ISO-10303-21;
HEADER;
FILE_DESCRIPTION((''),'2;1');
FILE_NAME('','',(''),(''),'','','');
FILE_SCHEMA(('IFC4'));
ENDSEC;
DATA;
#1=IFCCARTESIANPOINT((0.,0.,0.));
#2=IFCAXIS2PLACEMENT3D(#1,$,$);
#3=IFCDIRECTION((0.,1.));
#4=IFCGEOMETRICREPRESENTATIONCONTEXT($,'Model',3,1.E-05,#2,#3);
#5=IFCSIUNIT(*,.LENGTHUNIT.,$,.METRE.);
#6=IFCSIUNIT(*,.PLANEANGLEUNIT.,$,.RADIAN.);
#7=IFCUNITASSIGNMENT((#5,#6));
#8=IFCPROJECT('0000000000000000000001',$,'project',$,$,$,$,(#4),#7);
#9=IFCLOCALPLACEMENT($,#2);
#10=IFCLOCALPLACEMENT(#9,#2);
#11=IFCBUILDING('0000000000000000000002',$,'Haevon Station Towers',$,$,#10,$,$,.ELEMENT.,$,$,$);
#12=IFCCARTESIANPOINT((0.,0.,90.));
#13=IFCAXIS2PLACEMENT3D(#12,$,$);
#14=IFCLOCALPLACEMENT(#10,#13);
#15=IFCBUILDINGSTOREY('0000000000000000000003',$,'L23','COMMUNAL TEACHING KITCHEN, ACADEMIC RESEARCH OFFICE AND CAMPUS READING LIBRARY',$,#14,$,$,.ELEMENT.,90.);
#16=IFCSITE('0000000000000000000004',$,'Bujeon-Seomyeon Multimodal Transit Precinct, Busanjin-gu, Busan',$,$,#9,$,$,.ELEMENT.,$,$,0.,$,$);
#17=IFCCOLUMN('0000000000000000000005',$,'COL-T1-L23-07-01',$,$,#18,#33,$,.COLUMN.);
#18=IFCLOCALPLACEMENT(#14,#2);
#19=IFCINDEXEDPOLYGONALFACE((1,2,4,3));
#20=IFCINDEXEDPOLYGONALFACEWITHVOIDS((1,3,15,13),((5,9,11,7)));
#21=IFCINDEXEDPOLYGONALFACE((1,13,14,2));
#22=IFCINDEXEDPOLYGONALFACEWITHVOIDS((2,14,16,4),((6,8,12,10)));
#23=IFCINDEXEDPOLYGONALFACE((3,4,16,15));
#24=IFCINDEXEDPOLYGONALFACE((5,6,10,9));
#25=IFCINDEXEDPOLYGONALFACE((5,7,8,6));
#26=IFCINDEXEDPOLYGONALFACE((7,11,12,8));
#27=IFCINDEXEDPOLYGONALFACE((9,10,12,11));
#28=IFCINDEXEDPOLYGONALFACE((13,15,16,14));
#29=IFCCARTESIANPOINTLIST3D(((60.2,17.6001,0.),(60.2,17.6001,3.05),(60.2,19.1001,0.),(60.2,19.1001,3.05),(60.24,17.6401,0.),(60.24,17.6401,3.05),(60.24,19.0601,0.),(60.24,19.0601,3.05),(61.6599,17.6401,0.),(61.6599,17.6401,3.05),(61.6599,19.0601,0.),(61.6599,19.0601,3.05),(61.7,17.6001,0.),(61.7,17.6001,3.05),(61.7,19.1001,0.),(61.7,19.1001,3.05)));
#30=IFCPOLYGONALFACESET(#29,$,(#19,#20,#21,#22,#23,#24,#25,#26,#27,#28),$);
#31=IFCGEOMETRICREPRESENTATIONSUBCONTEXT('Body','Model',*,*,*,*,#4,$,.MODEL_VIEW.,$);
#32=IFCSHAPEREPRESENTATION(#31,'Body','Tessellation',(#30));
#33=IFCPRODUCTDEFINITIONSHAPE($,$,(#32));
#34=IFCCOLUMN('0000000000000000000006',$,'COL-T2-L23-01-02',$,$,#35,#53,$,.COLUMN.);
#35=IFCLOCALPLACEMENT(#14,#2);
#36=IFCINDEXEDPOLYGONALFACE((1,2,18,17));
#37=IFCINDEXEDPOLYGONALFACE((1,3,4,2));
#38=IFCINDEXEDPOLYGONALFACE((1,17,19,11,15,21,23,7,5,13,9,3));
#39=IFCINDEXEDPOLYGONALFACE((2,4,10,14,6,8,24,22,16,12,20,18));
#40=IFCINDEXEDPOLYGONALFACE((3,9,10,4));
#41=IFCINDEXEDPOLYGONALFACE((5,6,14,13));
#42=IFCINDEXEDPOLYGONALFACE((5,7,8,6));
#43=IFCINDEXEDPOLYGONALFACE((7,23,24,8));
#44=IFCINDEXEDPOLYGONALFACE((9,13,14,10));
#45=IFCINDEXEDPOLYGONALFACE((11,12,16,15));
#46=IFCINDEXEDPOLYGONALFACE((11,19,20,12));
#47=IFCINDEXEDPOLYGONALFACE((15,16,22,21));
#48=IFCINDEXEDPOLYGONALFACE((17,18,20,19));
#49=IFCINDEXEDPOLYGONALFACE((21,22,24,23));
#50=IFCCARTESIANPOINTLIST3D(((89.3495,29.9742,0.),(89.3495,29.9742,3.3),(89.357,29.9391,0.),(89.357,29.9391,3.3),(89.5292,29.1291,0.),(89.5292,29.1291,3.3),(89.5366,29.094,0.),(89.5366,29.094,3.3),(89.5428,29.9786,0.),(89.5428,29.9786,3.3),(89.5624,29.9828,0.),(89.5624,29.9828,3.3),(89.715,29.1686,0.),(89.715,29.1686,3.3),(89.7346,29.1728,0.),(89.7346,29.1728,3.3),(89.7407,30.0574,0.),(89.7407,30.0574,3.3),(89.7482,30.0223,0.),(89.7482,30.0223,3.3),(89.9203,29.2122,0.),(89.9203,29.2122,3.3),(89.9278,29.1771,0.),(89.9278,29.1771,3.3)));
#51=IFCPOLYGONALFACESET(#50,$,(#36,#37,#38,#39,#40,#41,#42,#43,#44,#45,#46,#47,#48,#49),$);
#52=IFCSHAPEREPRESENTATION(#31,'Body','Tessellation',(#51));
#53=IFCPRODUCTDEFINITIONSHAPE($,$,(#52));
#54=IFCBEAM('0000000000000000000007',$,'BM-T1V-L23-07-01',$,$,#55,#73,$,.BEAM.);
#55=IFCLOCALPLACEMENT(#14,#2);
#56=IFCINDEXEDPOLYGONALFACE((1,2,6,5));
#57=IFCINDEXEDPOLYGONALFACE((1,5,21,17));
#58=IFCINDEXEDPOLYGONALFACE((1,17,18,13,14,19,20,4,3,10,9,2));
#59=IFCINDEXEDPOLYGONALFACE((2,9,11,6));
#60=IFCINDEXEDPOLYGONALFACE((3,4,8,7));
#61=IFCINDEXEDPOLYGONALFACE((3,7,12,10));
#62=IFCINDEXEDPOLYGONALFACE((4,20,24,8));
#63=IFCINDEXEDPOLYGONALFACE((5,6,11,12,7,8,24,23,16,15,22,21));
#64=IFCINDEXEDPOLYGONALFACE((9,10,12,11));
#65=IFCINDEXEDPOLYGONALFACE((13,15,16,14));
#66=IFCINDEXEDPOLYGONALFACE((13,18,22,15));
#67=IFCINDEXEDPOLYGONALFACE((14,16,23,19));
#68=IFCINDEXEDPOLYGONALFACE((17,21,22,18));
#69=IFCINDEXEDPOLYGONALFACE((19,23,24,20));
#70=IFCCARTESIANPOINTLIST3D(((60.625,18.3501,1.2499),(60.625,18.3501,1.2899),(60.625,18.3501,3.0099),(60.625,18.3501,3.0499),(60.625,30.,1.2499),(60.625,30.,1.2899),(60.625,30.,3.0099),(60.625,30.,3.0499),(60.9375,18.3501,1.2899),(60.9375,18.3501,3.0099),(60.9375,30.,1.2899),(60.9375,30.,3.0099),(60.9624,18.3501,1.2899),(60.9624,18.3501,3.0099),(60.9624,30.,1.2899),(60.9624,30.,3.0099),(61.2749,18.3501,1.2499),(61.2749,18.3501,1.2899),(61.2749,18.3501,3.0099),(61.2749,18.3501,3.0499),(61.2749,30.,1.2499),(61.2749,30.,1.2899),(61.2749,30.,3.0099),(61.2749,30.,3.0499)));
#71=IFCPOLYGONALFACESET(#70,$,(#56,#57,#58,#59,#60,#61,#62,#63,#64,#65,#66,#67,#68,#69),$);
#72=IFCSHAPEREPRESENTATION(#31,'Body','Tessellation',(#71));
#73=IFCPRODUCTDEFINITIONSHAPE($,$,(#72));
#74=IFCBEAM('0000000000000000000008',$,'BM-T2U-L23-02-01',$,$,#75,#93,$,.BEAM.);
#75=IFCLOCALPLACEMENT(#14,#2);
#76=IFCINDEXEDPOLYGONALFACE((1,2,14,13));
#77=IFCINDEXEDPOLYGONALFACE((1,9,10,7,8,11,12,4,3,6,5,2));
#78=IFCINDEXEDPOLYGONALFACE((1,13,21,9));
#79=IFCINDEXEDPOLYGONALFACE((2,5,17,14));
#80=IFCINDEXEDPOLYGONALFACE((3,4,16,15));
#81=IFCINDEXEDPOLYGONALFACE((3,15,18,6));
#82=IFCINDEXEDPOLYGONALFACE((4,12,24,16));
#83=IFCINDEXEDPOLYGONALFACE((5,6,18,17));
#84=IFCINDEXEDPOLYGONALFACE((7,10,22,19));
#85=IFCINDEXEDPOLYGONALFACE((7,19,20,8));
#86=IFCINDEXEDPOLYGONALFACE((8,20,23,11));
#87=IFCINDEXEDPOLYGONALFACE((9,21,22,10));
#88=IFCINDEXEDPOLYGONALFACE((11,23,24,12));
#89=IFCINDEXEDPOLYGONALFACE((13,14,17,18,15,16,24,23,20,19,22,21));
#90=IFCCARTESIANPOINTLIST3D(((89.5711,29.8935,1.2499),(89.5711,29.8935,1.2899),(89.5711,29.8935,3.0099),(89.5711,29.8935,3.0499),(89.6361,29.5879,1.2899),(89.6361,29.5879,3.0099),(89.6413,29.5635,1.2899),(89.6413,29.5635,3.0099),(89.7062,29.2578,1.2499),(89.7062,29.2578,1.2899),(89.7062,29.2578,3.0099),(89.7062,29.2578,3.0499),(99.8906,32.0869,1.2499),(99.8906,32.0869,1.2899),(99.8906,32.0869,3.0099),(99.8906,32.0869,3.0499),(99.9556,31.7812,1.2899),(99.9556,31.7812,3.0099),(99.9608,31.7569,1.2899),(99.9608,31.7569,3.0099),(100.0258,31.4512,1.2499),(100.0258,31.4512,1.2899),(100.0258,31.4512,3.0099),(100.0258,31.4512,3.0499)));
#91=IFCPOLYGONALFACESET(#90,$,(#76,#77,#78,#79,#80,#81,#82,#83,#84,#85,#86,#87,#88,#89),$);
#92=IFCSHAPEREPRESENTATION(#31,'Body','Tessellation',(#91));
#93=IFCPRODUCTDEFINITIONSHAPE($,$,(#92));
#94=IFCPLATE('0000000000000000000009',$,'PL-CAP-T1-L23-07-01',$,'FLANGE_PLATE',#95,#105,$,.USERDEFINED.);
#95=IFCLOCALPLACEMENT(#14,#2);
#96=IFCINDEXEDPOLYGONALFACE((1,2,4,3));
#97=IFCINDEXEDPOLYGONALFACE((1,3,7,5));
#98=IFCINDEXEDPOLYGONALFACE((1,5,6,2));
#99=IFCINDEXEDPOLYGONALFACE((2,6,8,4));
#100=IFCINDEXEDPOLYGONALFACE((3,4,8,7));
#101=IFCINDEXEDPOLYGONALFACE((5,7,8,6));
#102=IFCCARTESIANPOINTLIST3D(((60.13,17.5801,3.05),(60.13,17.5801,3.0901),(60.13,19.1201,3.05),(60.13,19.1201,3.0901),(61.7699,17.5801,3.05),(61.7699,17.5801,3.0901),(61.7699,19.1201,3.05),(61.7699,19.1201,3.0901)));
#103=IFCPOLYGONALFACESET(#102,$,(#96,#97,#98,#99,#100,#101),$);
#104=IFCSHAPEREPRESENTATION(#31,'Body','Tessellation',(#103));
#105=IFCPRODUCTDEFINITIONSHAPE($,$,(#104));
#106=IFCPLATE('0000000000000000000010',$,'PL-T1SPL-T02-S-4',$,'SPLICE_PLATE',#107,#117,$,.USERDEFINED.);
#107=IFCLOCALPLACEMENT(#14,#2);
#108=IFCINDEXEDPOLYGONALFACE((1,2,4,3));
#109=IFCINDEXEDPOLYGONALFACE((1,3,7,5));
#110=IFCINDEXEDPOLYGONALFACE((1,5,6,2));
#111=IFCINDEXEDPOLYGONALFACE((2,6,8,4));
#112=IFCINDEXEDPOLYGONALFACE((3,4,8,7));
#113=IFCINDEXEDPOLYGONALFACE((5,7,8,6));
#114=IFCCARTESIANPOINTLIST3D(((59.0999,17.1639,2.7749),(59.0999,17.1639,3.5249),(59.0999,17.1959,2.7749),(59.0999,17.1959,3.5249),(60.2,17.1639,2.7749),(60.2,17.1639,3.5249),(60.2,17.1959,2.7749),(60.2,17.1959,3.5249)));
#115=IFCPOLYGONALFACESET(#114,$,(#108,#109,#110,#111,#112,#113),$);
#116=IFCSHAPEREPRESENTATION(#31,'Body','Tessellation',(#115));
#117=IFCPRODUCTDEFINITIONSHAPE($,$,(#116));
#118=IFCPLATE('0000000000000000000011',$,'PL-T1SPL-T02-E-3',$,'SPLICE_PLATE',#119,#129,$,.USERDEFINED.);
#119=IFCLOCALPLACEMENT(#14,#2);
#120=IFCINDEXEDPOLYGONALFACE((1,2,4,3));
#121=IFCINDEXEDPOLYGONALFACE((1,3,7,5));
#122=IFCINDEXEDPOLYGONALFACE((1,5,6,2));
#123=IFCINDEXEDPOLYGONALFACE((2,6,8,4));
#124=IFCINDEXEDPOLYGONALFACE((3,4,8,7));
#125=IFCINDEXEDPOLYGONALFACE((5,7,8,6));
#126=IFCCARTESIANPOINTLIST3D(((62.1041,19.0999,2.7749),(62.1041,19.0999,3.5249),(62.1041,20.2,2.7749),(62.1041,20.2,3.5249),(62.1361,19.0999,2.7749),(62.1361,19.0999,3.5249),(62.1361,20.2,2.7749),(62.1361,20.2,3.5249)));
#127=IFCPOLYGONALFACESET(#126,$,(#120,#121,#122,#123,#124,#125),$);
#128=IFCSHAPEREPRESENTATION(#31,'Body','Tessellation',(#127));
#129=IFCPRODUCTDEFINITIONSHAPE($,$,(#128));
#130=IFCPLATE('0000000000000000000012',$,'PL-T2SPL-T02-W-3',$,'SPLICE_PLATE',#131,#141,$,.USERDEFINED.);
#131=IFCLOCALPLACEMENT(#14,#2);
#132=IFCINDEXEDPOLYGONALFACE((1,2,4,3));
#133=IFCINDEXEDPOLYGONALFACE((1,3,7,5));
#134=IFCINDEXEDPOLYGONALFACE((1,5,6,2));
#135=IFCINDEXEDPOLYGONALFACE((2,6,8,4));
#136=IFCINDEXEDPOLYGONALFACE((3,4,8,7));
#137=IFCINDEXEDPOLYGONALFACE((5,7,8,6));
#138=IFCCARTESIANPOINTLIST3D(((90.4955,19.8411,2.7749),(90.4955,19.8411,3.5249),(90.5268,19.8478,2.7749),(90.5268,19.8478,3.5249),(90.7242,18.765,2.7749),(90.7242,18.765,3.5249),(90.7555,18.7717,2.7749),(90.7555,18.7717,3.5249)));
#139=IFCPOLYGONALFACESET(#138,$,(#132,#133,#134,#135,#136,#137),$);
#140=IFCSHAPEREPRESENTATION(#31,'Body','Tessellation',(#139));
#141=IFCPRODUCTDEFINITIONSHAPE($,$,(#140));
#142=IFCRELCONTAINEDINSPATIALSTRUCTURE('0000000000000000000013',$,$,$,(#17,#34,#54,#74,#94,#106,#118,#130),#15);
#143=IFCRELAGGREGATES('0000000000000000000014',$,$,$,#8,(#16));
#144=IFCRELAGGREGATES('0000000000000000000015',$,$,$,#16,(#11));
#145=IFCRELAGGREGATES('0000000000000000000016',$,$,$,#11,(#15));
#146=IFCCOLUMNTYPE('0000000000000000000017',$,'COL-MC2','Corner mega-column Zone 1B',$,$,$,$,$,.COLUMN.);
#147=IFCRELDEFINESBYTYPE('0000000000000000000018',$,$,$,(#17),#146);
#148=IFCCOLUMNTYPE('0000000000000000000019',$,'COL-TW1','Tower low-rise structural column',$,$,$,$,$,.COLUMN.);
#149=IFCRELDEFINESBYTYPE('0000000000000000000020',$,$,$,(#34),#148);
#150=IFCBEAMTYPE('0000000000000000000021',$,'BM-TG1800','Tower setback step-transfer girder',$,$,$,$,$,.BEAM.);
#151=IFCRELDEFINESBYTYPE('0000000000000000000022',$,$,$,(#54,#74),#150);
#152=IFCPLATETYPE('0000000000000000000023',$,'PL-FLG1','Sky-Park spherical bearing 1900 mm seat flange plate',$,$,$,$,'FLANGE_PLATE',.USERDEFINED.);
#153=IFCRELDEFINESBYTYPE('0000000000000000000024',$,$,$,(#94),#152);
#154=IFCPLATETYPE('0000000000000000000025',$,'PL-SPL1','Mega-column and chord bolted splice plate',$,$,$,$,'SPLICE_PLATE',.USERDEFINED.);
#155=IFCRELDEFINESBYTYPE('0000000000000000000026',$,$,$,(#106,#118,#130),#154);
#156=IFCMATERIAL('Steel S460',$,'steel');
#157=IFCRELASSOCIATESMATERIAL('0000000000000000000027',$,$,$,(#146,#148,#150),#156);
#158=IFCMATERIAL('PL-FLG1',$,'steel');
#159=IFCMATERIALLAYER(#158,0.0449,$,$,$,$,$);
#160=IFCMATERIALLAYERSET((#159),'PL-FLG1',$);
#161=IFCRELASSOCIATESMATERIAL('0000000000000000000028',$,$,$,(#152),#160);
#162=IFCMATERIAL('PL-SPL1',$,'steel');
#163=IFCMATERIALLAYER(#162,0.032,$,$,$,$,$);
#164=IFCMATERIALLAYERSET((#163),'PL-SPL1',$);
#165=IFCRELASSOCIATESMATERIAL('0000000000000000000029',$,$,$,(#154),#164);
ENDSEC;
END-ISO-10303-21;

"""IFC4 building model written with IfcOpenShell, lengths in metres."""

from ifc_helpers import new_model, si_unit, direction, frame, origin, origin_2d, place, context, subcontext, project, spatial, rectangle, hollow_rectangle, i_section, extrude, material, layer, layer_set, material_profile, profile_set, type_object, element, save


model = new_model("IFC4")

# Units and contexts
model_context = context("Model", 3, precision=1e-05, world=origin(), true_north=direction((0.0, 1.0)))
body_context = subcontext(model_context, "Body", "Model", "MODEL_VIEW")
ifc_project = project(units=[si_unit("LENGTHUNIT", "METRE"), si_unit("PLANEANGLEUNIT", "RADIAN")], contexts=[model_context])

# Site, building, storey
site_placement = place(None, origin())
site = spatial("IfcSite", under=ifc_project, at=site_placement, Name="Bujeon-Seomyeon Multimodal Transit Precinct, Busanjin-gu, Busan", CompositionType="ELEMENT", RefElevation=0.0)
building_placement = place(site_placement, origin())
building = spatial("IfcBuilding", under=site, at=building_placement, Name="Haevon Station Towers", CompositionType="ELEMENT")
storey_placement = place(building_placement, frame((0.0, 0.0, 90.0)))
storey = spatial("IfcBuildingStorey", under=building, at=storey_placement, Name="L23", Description="COMMUNAL TEACHING KITCHEN, ACADEMIC RESEARCH OFFICE AND CAMPUS READING LIBRARY", CompositionType="ELEMENT", Elevation=90.0)

# Columns
ifc_material_1 = material(Name="Steel S460", Category="steel")
ifc_material_profile_1 = material_profile(ifc_material_1, hollow_rectangle(XDim=1.5, YDim=1.5, WallThickness=0.04, at=origin_2d()), Name="BOX-1500x1500x40")
ifc_profile_set_1 = profile_set([ifc_material_profile_1], Name="Steel S460")
column_type_1 = type_object("IfcColumnType", Name="COL-MC2", Description="Corner mega-column Zone 1B", PredefinedType="COLUMN", material=ifc_profile_set_1)
column_1_placement = place(storey_placement, frame((60.95, 18.3501, 0.0), z_axis=(0.0, 0.0, 1.0), x_axis=(1.0, 0.0, 0.0)))
element("IfcColumn", 1, at=column_1_placement, inside=storey, type_object=column_type_1, Name="COL-T1-L23-07-01", PredefinedType="COLUMN", context=body_context, shape_type="SweptSolid", body=[
    extrude(hollow_rectangle(XDim=1.5, YDim=1.5, WallThickness=0.04, at=origin_2d()), origin(), (0.0, 0.0, 1.0), 3.05),
])
ifc_material_profile_2 = material_profile(ifc_material_1, i_section(OverallWidth=0.3999, OverallDepth=0.8999, WebThickness=0.02, FlangeThickness=0.0359, at=origin_2d()), Name="H-900x400x20x36")
ifc_profile_set_2 = profile_set([ifc_material_profile_2], Name="Steel S460")
column_type_2 = type_object("IfcColumnType", Name="COL-TW1", Description="Tower low-rise structural column", PredefinedType="COLUMN", material=ifc_profile_set_2)
column_2_placement = place(storey_placement, frame((89.6387, 29.5757, 0.0), z_axis=(0.0, 0.0, 1.0), x_axis=(0.978148, 0.207912, 0.0)))
element("IfcColumn", 2, at=column_2_placement, inside=storey, type_object=column_type_2, Name="COL-T2-L23-01-02", PredefinedType="COLUMN", context=body_context, shape_type="SweptSolid", body=[
    extrude(i_section(OverallWidth=0.3999, OverallDepth=0.8999, WebThickness=0.02, FlangeThickness=0.0359, at=origin_2d()), origin(), (0.0, 0.0, 1.0), 3.3),
])

# Beams
ifc_material_profile_3 = material_profile(ifc_material_1, i_section(OverallWidth=0.6499, OverallDepth=1.8, WebThickness=0.0249, FlangeThickness=0.04, at=origin_2d()), Name="H-1800x650x25x40")
ifc_profile_set_3 = profile_set([ifc_material_profile_3], Name="Steel S460")
beam_type = type_object("IfcBeamType", Name="BM-TG1800", Description="Tower setback step-transfer girder", PredefinedType="BEAM", material=ifc_profile_set_3)
beam_1_placement = place(storey_placement, frame((60.95, 18.3501, 2.1499), z_axis=(0.0, 1.0, 0.0), x_axis=(-1.0, 0.0, 0.0)))
element("IfcBeam", 3, at=beam_1_placement, inside=storey, type_object=beam_type, Name="BM-T1V-L23-07-01", PredefinedType="BEAM", context=body_context, shape_type="SweptSolid", body=[
    extrude(i_section(OverallWidth=0.6499, OverallDepth=1.8, WebThickness=0.0249, FlangeThickness=0.04, at=origin_2d()), origin(), (0.0, 0.0, 1.0), 11.6499),
])
beam_2_placement = place(storey_placement, frame((89.6387, 29.5757, 2.1499), z_axis=(0.97815, 0.207899, 0.0), x_axis=(-0.207899, 0.97815, 0.0)))
element("IfcBeam", 4, at=beam_2_placement, inside=storey, type_object=beam_type, Name="BM-T2U-L23-02-01", PredefinedType="BEAM", context=body_context, shape_type="SweptSolid", body=[
    extrude(i_section(OverallWidth=0.6499, OverallDepth=1.8, WebThickness=0.0249, FlangeThickness=0.04, at=origin_2d()), origin(), (0.0, 0.0, 1.0), 10.55),
])

# Plates
ifc_material_2 = material(Name="PL-FLG1", Category="steel")
ifc_layer_1 = layer(ifc_material_2, 0.0449)
ifc_layer_set_1 = layer_set([ifc_layer_1], Name="PL-FLG1")
plate_type_1 = type_object("IfcPlateType", Name="PL-FLG1", Description="Sky-Park spherical bearing 1900 mm seat flange plate", ElementType="FLANGE_PLATE", PredefinedType="USERDEFINED", material=ifc_layer_set_1)
plate_placement = place(storey_placement, frame((60.95, 18.3501, 3.05), z_axis=(0.0, 0.0, 1.0), x_axis=(1.0, 0.0, 0.0)))
element("IfcPlate", 5, at=plate_placement, inside=storey, type_object=plate_type_1, Name="PL-CAP-T1-L23-07-01", ObjectType="FLANGE_PLATE", PredefinedType="USERDEFINED", context=body_context, shape_type="SweptSolid", body=[
    extrude(rectangle(XDim=1.6399, YDim=1.54, at=origin_2d()), origin(), (0.0, 0.0, 1.0), 0.04),
])
ifc_material_3 = material(Name="PL-SPL1", Category="steel")
ifc_layer_2 = layer(ifc_material_3, 0.032)
ifc_layer_set_2 = layer_set([ifc_layer_2], Name="PL-SPL1")
plate_type_2 = type_object("IfcPlateType", Name="PL-SPL1", Description="Mega-column and chord bolted splice plate", ElementType="SPLICE_PLATE", PredefinedType="USERDEFINED", material=ifc_layer_set_2)
for number, where, z_axis, x_axis, name in (
    (6, (59.6499, 17.1799, 2.7749), (0.0, 0.0, 1.0), (1.0, 0.0, 0.0), "PL-T1SPL-T02-S-4"),
    (7, (62.1201, 19.6499, 2.7749), (0.0, 0.0, 1.0), (0.0, 1.0, 0.0), "PL-T1SPL-T02-E-3"),
    (8, (90.6255, 19.3064, 2.7749), (0.0, 0.0, 1.0), (-0.207912, 0.978148, 0.0), "PL-T2SPL-T02-W-3"),
):
    element("IfcPlate", number, at=place(storey_placement, frame(where, z_axis=z_axis, x_axis=x_axis)), inside=storey, type_object=plate_type_2, Name=name, ObjectType="SPLICE_PLATE", PredefinedType="USERDEFINED", context=body_context, shape_type="SweptSolid", body=[
        extrude(rectangle(XDim=1.1001, YDim=0.032, at=origin_2d()), origin(), (0.0, 0.0, 1.0), 0.75),
    ])

save(model, "model.ifc")
